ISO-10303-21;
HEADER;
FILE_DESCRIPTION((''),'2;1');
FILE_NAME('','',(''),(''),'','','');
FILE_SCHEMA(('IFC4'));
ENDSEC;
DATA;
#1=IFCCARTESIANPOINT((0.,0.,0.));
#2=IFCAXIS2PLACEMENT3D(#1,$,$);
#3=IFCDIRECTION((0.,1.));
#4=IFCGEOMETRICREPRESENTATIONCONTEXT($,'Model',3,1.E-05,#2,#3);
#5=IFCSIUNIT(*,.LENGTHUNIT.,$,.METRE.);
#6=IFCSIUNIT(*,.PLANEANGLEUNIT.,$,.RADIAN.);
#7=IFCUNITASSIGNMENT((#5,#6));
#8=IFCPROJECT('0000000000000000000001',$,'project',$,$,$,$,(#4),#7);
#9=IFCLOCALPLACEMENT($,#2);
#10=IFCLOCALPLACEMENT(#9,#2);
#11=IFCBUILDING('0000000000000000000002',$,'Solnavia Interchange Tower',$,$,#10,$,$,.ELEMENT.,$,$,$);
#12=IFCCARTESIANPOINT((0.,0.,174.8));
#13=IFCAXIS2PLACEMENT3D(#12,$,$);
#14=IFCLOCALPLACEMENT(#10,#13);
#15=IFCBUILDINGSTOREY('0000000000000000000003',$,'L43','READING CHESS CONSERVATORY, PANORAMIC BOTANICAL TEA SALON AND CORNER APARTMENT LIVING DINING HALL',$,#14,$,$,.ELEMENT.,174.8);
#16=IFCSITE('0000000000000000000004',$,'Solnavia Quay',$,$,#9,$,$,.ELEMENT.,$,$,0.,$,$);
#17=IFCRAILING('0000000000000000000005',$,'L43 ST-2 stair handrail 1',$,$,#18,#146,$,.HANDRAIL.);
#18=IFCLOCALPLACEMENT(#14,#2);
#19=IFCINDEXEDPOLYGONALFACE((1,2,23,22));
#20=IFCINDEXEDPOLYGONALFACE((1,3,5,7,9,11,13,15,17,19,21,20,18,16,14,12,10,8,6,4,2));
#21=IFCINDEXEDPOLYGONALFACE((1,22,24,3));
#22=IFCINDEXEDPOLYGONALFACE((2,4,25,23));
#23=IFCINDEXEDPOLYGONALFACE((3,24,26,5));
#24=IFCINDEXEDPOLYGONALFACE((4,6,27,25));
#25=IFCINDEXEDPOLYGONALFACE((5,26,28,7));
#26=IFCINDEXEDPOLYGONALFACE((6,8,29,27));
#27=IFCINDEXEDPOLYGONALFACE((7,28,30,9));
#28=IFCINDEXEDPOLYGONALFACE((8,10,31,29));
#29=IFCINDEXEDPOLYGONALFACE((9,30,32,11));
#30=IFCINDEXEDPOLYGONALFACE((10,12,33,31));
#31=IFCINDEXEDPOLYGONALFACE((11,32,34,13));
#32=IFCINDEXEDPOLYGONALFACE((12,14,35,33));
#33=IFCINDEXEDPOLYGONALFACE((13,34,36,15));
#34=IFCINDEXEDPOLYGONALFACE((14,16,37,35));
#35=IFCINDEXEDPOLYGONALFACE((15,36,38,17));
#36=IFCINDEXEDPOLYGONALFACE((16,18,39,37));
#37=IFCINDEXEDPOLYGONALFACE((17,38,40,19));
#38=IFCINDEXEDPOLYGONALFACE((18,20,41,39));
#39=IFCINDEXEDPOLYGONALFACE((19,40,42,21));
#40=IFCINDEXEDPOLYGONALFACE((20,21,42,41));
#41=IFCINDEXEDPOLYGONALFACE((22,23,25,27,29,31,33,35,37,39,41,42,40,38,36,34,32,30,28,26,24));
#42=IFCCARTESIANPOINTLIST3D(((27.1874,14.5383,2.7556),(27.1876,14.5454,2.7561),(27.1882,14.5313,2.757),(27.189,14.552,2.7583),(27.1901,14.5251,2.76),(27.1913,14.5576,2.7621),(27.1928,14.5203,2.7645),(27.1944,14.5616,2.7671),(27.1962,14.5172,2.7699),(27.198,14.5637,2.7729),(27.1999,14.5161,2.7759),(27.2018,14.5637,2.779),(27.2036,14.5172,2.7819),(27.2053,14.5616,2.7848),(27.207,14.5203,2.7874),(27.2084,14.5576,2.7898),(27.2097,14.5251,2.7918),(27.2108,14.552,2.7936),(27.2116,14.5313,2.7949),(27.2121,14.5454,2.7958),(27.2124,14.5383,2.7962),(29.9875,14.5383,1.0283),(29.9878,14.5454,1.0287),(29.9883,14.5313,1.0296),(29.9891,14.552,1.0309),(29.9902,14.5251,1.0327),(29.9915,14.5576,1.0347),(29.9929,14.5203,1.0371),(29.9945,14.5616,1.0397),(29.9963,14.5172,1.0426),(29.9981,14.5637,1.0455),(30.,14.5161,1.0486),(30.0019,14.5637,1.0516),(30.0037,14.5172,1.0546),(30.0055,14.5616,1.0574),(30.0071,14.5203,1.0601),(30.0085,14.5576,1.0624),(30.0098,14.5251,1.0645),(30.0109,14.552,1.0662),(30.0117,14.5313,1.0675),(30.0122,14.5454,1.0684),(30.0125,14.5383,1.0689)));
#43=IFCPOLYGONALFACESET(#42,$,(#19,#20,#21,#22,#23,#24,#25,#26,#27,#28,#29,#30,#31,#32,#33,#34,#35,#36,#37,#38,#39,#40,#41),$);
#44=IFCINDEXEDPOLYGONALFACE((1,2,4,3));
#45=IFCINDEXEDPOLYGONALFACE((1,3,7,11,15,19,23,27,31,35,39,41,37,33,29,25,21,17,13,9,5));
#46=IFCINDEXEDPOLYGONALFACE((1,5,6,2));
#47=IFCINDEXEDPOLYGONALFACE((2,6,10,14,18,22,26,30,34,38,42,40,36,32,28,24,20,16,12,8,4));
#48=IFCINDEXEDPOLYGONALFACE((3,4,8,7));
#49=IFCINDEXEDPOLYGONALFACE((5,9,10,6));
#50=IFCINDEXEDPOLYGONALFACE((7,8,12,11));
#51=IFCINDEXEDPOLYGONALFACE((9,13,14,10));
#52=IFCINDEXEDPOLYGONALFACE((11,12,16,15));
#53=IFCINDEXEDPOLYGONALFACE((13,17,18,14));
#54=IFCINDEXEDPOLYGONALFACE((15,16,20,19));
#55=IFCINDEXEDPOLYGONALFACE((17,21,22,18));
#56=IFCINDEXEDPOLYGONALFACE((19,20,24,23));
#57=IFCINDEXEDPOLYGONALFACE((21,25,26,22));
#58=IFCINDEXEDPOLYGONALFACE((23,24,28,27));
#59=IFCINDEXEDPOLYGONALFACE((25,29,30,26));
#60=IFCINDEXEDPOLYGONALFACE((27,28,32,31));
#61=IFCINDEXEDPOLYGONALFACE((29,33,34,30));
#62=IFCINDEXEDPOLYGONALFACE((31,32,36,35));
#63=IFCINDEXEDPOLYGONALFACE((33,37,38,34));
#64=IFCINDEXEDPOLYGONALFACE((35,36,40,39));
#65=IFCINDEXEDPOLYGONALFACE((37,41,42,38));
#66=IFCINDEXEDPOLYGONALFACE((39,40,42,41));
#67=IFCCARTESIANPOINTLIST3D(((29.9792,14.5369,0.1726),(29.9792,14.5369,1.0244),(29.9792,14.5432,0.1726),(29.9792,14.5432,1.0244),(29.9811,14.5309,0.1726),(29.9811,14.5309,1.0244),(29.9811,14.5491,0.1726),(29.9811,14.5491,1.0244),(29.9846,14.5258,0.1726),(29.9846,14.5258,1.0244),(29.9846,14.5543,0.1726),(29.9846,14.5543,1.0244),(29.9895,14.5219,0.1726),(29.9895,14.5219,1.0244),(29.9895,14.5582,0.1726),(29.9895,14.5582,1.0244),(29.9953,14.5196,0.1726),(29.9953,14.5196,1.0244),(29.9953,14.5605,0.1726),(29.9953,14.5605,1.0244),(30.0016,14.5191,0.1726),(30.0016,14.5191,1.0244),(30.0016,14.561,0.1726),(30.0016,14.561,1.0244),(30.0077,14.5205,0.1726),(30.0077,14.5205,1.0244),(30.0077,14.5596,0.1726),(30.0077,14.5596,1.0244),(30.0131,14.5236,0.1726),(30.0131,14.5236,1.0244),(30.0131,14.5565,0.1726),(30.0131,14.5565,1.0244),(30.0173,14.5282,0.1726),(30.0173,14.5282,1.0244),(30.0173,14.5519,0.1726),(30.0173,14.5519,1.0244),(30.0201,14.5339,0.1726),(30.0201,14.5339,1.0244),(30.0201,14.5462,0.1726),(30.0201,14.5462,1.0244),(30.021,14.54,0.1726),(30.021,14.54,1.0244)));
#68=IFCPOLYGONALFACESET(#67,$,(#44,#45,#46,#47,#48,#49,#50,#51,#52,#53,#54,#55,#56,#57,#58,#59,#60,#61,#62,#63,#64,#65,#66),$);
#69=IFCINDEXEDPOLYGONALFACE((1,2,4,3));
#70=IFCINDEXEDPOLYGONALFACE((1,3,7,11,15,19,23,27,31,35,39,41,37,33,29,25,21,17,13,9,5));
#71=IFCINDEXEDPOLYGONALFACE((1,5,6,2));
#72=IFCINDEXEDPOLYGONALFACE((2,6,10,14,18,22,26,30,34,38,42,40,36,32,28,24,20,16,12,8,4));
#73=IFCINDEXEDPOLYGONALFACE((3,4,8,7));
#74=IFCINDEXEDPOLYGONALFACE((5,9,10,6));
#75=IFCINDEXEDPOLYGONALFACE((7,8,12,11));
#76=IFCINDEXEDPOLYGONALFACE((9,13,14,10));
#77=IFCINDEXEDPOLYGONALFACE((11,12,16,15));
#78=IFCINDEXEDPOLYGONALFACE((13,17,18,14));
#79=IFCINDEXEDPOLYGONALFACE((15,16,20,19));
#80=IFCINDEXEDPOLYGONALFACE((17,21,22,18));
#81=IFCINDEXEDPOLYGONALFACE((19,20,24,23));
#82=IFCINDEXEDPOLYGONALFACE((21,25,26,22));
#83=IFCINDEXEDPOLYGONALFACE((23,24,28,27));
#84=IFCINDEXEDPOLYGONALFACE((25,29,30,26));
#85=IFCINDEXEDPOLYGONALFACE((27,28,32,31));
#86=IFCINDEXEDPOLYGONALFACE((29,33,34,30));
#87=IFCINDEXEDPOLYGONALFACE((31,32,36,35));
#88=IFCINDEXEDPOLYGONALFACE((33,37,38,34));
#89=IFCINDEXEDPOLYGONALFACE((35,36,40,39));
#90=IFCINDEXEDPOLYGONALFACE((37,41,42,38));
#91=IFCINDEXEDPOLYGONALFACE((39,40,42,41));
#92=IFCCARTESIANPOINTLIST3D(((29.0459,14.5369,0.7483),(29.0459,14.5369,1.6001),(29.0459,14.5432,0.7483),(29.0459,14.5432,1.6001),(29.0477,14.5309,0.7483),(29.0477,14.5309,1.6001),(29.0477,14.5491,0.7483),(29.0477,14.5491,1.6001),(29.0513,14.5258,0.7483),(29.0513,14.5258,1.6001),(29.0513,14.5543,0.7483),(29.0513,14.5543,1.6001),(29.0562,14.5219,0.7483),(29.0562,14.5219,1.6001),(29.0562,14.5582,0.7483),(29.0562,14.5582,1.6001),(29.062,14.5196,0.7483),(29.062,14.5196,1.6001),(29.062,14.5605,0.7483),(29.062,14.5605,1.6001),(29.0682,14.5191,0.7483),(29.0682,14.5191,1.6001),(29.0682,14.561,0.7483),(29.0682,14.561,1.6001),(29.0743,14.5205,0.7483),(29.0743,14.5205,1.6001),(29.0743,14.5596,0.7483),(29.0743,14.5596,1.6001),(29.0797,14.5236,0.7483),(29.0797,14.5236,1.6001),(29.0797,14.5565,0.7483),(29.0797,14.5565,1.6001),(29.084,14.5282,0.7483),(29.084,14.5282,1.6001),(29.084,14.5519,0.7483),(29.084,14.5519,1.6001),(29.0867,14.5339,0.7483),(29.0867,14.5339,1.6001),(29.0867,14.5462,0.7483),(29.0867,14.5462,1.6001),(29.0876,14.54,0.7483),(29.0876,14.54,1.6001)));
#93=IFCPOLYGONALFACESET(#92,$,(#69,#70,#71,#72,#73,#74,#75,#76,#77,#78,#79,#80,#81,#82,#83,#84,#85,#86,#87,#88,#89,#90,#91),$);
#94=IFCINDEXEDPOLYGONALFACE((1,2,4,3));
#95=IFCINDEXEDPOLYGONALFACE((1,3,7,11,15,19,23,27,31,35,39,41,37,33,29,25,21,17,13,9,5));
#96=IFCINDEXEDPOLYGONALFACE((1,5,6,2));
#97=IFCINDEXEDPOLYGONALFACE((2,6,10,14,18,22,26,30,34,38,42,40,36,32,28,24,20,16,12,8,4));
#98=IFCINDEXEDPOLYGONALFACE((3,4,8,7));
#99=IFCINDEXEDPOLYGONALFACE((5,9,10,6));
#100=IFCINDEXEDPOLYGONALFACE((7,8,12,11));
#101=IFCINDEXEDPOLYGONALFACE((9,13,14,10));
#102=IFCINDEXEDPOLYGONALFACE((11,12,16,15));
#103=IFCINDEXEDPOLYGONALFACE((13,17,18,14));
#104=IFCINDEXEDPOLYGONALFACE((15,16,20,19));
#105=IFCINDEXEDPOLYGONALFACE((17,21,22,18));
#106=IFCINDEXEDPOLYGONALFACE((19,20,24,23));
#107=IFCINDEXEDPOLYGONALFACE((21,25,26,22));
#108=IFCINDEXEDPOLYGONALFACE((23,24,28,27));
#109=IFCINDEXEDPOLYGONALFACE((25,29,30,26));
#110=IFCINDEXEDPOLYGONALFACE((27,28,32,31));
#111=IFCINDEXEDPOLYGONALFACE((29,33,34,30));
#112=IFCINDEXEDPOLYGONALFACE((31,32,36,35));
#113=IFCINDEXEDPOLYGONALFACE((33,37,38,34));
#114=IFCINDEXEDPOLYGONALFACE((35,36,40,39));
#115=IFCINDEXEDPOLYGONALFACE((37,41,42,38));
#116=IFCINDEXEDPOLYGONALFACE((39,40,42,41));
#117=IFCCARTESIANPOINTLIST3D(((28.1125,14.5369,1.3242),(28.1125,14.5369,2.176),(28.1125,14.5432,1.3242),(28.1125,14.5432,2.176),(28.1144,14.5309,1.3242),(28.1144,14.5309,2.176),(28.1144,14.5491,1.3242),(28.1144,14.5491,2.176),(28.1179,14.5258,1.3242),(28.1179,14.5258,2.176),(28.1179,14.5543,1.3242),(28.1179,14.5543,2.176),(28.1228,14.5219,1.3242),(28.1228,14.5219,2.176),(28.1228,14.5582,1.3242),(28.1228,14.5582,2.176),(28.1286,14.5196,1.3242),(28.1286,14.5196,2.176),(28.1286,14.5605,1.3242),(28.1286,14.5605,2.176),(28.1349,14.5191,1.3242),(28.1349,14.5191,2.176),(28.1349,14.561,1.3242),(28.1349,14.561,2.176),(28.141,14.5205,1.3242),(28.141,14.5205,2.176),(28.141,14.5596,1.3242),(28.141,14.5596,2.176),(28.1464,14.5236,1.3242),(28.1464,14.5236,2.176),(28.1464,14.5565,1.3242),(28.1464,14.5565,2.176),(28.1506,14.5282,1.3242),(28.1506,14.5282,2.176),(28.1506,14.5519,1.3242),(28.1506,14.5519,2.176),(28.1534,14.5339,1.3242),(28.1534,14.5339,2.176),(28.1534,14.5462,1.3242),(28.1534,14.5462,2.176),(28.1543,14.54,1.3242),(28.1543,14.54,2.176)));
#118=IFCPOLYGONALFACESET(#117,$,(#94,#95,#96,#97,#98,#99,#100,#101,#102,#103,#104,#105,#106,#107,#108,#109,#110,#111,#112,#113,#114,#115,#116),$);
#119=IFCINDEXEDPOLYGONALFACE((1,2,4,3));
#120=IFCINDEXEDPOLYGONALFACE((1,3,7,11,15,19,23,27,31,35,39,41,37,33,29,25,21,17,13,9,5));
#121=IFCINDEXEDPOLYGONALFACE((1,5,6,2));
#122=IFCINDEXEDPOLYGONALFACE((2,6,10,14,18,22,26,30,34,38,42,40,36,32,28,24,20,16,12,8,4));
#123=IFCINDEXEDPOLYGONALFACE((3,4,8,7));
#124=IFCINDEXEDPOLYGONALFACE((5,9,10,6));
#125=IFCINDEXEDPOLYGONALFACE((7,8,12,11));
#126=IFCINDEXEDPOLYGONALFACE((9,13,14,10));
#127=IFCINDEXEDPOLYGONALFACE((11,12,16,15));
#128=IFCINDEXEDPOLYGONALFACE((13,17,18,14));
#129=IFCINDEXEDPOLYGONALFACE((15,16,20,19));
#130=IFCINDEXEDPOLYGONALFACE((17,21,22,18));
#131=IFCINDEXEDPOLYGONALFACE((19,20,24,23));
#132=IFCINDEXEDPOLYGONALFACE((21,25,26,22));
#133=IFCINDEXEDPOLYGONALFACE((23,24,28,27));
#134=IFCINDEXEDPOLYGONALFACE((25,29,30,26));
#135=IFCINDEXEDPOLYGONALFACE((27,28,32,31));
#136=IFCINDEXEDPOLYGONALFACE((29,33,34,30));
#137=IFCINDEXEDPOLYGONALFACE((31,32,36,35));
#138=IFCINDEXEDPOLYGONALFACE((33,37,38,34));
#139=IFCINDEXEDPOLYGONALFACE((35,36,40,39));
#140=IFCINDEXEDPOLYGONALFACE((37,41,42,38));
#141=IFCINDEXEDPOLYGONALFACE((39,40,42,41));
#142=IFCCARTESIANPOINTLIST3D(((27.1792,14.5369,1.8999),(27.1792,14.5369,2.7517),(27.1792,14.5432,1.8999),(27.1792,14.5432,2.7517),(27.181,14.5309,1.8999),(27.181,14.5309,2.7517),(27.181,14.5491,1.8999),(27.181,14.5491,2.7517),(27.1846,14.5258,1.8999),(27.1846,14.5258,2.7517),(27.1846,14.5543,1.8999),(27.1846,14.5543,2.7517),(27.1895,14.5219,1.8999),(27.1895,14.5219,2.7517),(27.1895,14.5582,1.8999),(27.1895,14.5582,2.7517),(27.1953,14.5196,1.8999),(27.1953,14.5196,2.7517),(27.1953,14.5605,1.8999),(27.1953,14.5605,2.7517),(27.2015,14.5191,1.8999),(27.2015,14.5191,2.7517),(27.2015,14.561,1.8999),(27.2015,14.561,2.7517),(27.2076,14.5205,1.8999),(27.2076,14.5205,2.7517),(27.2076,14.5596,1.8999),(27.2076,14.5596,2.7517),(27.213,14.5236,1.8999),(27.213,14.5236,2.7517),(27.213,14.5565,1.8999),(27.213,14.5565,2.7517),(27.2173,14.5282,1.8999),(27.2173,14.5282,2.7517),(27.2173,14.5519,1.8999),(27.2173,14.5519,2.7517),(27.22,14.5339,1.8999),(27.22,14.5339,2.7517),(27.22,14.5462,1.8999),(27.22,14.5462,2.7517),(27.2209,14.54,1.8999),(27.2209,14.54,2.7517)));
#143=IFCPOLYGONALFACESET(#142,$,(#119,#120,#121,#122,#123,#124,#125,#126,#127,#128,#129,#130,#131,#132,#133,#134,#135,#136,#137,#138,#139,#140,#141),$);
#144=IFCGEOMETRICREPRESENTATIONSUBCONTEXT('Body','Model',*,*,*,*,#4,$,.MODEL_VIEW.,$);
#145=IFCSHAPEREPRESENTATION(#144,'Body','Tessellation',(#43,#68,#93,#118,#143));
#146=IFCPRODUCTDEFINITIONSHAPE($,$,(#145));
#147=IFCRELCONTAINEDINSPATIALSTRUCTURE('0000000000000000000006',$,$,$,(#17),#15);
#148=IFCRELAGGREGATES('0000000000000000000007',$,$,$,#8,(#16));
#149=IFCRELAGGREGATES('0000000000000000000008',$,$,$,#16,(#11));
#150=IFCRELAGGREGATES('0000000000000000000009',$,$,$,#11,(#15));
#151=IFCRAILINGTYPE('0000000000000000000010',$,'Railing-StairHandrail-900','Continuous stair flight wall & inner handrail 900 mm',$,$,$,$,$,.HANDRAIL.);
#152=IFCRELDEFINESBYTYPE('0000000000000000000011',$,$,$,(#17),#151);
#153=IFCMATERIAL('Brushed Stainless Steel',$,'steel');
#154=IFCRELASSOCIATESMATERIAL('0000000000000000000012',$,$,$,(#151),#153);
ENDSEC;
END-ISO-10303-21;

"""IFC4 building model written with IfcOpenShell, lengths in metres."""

from ifc_helpers import new_model, si_unit, direction, frame, origin, origin_2d, place, context, subcontext, project, spatial, circle, extrude, material, type_object, element, save


model = new_model("IFC4")

# Units and contexts
model_context = context("Model", 3, precision=1e-05, world=origin(), true_north=direction((0.0, 1.0)))
body_context = subcontext(model_context, "Body", "Model", "MODEL_VIEW")
ifc_project = project(units=[si_unit("LENGTHUNIT", "METRE"), si_unit("PLANEANGLEUNIT", "RADIAN")], contexts=[model_context])

# Site, building, storey
site_placement = place(None, origin())
site = spatial("IfcSite", under=ifc_project, at=site_placement, Name="Solnavia Quay", CompositionType="ELEMENT", RefElevation=0.0)
building_placement = place(site_placement, origin())
building = spatial("IfcBuilding", under=site, at=building_placement, Name="Solnavia Interchange Tower", CompositionType="ELEMENT")
storey_placement = place(building_placement, frame((0.0, 0.0, 174.8)))
storey = spatial("IfcBuildingStorey", under=building, at=storey_placement, Name="L43", Description="READING CHESS CONSERVATORY, PANORAMIC BOTANICAL TEA SALON AND CORNER APARTMENT LIVING DINING HALL", CompositionType="ELEMENT", Elevation=174.8)

# Railing
ifc_material_1 = material(Name="Brushed Stainless Steel", Category="steel")
railing_type = type_object("IfcRailingType", Name="Railing-StairHandrail-900", Description="Continuous stair flight wall & inner handrail 900 mm", PredefinedType="HANDRAIL", material=ifc_material_1)
railing_placement = place(storey_placement, frame((30.0, 14.54, 0.1726)))
element("IfcRailing", 1, at=railing_placement, inside=storey, type_object=railing_type, Name="L43 ST-2 stair handrail 1", PredefinedType="HANDRAIL", context=body_context, shape_type="SweptSolid", body=[
    extrude(circle(Radius=0.0239, at=origin_2d()), frame((0.0, 0.0, 0.876), z_axis=(-0.85109, 0.0, 0.52502), x_axis=(0.0, -1.0, 0.0)), (0.0, 0.0, 1.0), 3.29),
    extrude(circle(Radius=0.021, at=origin_2d()), origin(), (0.0, 0.0, 1.0), 0.8518),
    extrude(circle(Radius=0.021, at=origin_2d()), frame((-0.9333, 0.0, 0.5757)), (0.0, 0.0, 1.0), 0.8518),
    extrude(circle(Radius=0.021, at=origin_2d()), frame((-1.8667, 0.0, 1.1516)), (0.0, 0.0, 1.0), 0.8518),
    extrude(circle(Radius=0.021, at=origin_2d()), frame((-2.8, 0.0, 1.7273)), (0.0, 0.0, 1.0), 0.8518),
])

save(model, "model.ifc")
